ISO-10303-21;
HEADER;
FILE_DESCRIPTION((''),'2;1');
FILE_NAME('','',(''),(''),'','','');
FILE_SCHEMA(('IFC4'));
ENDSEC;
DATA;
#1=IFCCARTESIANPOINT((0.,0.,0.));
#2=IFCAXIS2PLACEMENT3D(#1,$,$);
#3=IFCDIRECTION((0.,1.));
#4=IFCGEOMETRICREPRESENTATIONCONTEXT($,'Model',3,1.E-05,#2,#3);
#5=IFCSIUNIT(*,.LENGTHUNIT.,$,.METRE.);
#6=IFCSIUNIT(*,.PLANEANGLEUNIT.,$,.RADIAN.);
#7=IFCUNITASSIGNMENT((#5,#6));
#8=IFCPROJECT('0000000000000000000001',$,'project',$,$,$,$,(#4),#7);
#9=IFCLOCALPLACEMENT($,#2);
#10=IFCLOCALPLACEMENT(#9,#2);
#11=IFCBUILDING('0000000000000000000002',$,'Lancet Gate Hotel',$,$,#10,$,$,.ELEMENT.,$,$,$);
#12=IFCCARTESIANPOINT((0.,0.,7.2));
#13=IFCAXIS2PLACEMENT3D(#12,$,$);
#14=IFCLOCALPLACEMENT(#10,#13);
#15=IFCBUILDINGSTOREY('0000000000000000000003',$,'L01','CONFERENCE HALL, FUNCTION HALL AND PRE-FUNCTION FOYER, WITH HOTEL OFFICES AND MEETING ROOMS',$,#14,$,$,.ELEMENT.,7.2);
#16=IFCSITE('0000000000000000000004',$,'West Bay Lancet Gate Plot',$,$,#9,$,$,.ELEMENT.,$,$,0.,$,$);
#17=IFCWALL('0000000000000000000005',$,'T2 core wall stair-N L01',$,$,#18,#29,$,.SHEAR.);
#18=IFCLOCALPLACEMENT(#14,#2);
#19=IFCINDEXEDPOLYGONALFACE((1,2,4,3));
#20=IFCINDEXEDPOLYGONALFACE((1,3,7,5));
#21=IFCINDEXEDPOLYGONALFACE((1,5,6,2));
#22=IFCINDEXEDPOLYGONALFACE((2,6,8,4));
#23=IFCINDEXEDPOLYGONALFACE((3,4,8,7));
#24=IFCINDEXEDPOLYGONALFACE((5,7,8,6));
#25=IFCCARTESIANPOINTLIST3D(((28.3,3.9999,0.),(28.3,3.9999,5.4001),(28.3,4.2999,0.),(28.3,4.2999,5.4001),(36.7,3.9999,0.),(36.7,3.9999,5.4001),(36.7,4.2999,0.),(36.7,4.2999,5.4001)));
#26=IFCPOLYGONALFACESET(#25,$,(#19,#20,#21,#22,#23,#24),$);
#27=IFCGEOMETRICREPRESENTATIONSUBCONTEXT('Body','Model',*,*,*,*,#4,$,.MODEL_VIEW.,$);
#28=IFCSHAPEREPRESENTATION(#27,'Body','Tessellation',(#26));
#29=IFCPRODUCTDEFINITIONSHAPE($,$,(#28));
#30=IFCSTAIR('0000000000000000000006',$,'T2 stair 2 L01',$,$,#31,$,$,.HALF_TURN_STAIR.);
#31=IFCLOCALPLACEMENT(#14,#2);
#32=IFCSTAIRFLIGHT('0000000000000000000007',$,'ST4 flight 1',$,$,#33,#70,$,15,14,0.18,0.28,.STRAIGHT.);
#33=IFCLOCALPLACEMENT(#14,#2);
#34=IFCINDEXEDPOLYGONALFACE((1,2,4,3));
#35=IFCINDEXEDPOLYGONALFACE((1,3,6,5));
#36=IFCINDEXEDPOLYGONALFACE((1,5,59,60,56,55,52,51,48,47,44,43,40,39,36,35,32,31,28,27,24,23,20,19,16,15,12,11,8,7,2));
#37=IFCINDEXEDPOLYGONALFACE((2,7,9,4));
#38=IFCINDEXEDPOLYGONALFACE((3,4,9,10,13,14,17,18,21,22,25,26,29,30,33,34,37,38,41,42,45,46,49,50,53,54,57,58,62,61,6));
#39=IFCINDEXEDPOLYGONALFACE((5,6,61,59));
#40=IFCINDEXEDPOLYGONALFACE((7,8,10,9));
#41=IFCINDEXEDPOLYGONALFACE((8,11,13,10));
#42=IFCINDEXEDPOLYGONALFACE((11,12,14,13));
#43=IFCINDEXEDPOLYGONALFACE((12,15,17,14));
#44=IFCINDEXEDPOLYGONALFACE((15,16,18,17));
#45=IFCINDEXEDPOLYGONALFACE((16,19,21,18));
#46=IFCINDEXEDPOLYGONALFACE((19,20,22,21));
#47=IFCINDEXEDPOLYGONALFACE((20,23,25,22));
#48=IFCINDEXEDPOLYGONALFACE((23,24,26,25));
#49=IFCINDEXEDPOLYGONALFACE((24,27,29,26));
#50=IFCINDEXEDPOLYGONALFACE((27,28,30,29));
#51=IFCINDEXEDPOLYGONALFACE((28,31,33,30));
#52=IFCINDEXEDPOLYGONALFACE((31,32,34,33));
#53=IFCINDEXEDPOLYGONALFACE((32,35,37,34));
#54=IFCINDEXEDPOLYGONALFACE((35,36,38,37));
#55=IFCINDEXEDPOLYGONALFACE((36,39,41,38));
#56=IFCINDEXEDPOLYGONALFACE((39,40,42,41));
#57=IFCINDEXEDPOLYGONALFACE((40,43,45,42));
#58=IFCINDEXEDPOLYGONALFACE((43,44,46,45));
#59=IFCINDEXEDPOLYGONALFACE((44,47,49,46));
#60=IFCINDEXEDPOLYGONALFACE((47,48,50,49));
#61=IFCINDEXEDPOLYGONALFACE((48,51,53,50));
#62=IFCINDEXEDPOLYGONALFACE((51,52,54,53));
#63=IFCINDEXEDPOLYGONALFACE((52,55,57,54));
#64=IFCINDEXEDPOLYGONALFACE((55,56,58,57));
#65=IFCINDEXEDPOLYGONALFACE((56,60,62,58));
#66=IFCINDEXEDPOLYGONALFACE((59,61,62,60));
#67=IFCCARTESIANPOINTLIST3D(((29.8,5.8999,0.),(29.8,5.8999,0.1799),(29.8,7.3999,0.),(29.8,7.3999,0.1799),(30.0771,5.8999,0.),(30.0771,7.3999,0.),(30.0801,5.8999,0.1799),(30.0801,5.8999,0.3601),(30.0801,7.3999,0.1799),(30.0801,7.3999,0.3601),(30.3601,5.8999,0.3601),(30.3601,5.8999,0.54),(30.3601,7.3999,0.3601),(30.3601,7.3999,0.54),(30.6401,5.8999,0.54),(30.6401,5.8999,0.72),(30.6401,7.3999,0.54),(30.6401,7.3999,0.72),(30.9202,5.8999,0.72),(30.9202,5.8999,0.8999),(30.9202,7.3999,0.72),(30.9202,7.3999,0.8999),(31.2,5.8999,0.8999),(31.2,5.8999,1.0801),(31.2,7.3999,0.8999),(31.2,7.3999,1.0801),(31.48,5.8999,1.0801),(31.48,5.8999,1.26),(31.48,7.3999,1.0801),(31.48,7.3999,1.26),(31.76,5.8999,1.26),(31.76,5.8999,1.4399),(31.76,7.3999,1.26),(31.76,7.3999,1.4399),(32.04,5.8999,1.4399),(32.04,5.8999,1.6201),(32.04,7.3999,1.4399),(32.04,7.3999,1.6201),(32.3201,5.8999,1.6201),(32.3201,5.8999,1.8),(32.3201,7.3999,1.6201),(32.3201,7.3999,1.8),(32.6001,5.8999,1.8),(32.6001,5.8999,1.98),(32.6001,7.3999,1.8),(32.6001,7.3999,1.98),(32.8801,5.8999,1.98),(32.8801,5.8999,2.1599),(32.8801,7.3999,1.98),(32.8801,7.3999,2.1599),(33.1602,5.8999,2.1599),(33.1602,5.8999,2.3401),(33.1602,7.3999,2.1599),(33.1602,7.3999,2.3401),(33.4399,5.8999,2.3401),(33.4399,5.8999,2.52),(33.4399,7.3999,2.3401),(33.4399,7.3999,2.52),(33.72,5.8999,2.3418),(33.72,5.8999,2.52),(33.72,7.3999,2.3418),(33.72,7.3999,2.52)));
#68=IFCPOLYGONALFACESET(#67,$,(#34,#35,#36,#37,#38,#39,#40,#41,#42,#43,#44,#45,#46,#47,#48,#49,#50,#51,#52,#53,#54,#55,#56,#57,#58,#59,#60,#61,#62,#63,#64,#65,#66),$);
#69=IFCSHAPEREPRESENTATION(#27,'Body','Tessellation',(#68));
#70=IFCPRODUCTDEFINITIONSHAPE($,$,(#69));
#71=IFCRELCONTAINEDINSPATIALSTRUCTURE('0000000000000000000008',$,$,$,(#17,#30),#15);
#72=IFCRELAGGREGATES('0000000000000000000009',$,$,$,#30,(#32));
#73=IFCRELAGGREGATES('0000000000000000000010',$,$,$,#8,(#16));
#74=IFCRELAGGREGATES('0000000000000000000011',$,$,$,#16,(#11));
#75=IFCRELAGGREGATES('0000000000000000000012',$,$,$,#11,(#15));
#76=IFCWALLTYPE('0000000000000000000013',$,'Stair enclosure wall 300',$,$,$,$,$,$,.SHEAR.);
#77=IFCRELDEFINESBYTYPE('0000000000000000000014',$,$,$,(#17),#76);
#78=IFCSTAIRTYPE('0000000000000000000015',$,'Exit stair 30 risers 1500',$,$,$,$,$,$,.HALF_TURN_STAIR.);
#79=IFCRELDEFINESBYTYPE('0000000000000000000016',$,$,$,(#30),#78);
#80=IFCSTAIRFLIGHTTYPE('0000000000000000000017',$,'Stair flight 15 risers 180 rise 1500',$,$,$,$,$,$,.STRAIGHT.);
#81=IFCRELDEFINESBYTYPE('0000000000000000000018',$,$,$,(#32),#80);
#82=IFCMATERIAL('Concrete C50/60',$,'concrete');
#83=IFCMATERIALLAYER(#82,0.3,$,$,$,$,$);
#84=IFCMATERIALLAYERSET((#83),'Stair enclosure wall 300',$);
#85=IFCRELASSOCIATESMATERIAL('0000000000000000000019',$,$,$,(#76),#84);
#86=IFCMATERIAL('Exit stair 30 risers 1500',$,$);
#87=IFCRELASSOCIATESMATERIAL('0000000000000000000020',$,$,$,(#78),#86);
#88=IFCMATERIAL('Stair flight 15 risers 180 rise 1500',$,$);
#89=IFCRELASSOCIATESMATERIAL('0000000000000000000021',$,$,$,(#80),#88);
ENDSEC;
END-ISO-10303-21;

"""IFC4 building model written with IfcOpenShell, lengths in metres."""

from ifc_helpers import new_model, si_unit, direction, frame, frame_2d, origin, place, context, subcontext, project, spatial, polyline, rectangle, outline, extrude, material, layer, layer_set, type_object, element, aggregate, save


model = new_model("IFC4")

# Units and contexts
model_context = context("Model", 3, precision=1e-05, world=origin(), true_north=direction((0.0, 1.0)))
body_context = subcontext(model_context, "Body", "Model", "MODEL_VIEW")
ifc_project = project(units=[si_unit("LENGTHUNIT", "METRE"), si_unit("PLANEANGLEUNIT", "RADIAN")], contexts=[model_context])

# Site, building, storey
site_placement = place(None, origin())
site = spatial("IfcSite", under=ifc_project, at=site_placement, Name="West Bay Lancet Gate Plot", CompositionType="ELEMENT", RefElevation=0.0)
building_placement = place(site_placement, origin())
building = spatial("IfcBuilding", under=site, at=building_placement, Name="Lancet Gate Hotel", CompositionType="ELEMENT")
storey_placement = place(building_placement, frame((0.0, 0.0, 7.2)))
storey = spatial("IfcBuildingStorey", under=building, at=storey_placement, Name="L01", Description="CONFERENCE HALL, FUNCTION HALL AND PRE-FUNCTION FOYER, WITH HOTEL OFFICES AND MEETING ROOMS", CompositionType="ELEMENT", Elevation=7.2)

# Wall
ifc_material_1 = material(Name="Concrete C50/60", Category="concrete")
ifc_layer_1 = layer(ifc_material_1, 0.3)
ifc_layer_set_1 = layer_set([ifc_layer_1], Name="Stair enclosure wall 300")
wall_type_1 = type_object("IfcWallType", Name="Stair enclosure wall 300", PredefinedType="SHEAR", material=ifc_layer_set_1)
wall_1_placement = place(storey_placement, frame((28.3, 4.1499, 0.0), z_axis=(0.0, 0.0, 1.0), x_axis=(1.0, 0.0, 0.0)))
element("IfcWall", 1, at=wall_1_placement, inside=storey, type_object=wall_type_1, Name="T2 core wall stair-N L01", PredefinedType="SHEAR", context=body_context, shape_type="SweptSolid", body=[
    extrude(rectangle(XDim=8.3999, YDim=0.3, at=frame_2d((4.2, 0.0))), origin(), (0.0, 0.0, 1.0), 5.4001),
])

# Stair, stair flight
ifc_material_2 = material(Name="Exit stair 30 risers 1500")
stair_type = type_object("IfcStairType", Name="Exit stair 30 risers 1500", PredefinedType="HALF_TURN_STAIR", material=ifc_material_2)
stair_placement = place(storey_placement, origin())
stair = element("IfcStair", 2, at=stair_placement, inside=storey, type_object=stair_type, Name="T2 stair 2 L01", PredefinedType="HALF_TURN_STAIR")
ifc_material_3 = material(Name="Stair flight 15 risers 180 rise 1500")
stair_flight_type = type_object("IfcStairFlightType", Name="Stair flight 15 risers 180 rise 1500", PredefinedType="STRAIGHT", material=ifc_material_3)
stair_flight_placement = place(storey_placement, frame((29.8, 6.6499, 0.0), z_axis=(0.0, 0.0, 1.0), x_axis=(1.0, 0.0, 0.0)))
stair_flight = element("IfcStairFlight", 3, at=stair_flight_placement, type_object=stair_flight_type, Name="ST4 flight 1", NumberOfRisers=15, NumberOfTreads=14, PredefinedType="STRAIGHT", RiserHeight=0.18, TreadLength=0.28, context=body_context, shape_type="SweptSolid", body=[
    extrude(outline(polyline([(0.0, 0.0), (0.0, 0.1799), (0.28, 0.1799), (0.28, 0.3601), (0.5601, 0.3601), (0.5601, 0.54), (0.8401, 0.54), (0.8401, 0.72), (1.1201, 0.72), (1.1201, 0.8999), (1.3999, 0.8999), (1.3999, 1.0801), (1.6799, 1.0801), (1.6799, 1.26), (1.96, 1.26), (1.96, 1.4399), (2.24, 1.4399), (2.24, 1.6201), (2.52, 1.6201), (2.52, 1.8), (2.8, 1.8), (2.8, 1.98), (3.0801, 1.98), (3.0801, 2.1599), (3.3601, 2.1599), (3.3601, 2.3401), (3.6399, 2.3401), (3.6399, 2.52), (3.9199, 2.52), (3.9199, 2.7), (3.9199, 2.3418), (0.2771, 0.0), (0.0, 0.0)])), frame((0.0, 0.75, 0.0), z_axis=(0.0, -1.0, 0.0), x_axis=(1.0, 0.0, 0.0)), (0.0, 0.0, 1.0), 1.5),
])
aggregate(stair, [stair_flight])

save(model, "model.ifc")
